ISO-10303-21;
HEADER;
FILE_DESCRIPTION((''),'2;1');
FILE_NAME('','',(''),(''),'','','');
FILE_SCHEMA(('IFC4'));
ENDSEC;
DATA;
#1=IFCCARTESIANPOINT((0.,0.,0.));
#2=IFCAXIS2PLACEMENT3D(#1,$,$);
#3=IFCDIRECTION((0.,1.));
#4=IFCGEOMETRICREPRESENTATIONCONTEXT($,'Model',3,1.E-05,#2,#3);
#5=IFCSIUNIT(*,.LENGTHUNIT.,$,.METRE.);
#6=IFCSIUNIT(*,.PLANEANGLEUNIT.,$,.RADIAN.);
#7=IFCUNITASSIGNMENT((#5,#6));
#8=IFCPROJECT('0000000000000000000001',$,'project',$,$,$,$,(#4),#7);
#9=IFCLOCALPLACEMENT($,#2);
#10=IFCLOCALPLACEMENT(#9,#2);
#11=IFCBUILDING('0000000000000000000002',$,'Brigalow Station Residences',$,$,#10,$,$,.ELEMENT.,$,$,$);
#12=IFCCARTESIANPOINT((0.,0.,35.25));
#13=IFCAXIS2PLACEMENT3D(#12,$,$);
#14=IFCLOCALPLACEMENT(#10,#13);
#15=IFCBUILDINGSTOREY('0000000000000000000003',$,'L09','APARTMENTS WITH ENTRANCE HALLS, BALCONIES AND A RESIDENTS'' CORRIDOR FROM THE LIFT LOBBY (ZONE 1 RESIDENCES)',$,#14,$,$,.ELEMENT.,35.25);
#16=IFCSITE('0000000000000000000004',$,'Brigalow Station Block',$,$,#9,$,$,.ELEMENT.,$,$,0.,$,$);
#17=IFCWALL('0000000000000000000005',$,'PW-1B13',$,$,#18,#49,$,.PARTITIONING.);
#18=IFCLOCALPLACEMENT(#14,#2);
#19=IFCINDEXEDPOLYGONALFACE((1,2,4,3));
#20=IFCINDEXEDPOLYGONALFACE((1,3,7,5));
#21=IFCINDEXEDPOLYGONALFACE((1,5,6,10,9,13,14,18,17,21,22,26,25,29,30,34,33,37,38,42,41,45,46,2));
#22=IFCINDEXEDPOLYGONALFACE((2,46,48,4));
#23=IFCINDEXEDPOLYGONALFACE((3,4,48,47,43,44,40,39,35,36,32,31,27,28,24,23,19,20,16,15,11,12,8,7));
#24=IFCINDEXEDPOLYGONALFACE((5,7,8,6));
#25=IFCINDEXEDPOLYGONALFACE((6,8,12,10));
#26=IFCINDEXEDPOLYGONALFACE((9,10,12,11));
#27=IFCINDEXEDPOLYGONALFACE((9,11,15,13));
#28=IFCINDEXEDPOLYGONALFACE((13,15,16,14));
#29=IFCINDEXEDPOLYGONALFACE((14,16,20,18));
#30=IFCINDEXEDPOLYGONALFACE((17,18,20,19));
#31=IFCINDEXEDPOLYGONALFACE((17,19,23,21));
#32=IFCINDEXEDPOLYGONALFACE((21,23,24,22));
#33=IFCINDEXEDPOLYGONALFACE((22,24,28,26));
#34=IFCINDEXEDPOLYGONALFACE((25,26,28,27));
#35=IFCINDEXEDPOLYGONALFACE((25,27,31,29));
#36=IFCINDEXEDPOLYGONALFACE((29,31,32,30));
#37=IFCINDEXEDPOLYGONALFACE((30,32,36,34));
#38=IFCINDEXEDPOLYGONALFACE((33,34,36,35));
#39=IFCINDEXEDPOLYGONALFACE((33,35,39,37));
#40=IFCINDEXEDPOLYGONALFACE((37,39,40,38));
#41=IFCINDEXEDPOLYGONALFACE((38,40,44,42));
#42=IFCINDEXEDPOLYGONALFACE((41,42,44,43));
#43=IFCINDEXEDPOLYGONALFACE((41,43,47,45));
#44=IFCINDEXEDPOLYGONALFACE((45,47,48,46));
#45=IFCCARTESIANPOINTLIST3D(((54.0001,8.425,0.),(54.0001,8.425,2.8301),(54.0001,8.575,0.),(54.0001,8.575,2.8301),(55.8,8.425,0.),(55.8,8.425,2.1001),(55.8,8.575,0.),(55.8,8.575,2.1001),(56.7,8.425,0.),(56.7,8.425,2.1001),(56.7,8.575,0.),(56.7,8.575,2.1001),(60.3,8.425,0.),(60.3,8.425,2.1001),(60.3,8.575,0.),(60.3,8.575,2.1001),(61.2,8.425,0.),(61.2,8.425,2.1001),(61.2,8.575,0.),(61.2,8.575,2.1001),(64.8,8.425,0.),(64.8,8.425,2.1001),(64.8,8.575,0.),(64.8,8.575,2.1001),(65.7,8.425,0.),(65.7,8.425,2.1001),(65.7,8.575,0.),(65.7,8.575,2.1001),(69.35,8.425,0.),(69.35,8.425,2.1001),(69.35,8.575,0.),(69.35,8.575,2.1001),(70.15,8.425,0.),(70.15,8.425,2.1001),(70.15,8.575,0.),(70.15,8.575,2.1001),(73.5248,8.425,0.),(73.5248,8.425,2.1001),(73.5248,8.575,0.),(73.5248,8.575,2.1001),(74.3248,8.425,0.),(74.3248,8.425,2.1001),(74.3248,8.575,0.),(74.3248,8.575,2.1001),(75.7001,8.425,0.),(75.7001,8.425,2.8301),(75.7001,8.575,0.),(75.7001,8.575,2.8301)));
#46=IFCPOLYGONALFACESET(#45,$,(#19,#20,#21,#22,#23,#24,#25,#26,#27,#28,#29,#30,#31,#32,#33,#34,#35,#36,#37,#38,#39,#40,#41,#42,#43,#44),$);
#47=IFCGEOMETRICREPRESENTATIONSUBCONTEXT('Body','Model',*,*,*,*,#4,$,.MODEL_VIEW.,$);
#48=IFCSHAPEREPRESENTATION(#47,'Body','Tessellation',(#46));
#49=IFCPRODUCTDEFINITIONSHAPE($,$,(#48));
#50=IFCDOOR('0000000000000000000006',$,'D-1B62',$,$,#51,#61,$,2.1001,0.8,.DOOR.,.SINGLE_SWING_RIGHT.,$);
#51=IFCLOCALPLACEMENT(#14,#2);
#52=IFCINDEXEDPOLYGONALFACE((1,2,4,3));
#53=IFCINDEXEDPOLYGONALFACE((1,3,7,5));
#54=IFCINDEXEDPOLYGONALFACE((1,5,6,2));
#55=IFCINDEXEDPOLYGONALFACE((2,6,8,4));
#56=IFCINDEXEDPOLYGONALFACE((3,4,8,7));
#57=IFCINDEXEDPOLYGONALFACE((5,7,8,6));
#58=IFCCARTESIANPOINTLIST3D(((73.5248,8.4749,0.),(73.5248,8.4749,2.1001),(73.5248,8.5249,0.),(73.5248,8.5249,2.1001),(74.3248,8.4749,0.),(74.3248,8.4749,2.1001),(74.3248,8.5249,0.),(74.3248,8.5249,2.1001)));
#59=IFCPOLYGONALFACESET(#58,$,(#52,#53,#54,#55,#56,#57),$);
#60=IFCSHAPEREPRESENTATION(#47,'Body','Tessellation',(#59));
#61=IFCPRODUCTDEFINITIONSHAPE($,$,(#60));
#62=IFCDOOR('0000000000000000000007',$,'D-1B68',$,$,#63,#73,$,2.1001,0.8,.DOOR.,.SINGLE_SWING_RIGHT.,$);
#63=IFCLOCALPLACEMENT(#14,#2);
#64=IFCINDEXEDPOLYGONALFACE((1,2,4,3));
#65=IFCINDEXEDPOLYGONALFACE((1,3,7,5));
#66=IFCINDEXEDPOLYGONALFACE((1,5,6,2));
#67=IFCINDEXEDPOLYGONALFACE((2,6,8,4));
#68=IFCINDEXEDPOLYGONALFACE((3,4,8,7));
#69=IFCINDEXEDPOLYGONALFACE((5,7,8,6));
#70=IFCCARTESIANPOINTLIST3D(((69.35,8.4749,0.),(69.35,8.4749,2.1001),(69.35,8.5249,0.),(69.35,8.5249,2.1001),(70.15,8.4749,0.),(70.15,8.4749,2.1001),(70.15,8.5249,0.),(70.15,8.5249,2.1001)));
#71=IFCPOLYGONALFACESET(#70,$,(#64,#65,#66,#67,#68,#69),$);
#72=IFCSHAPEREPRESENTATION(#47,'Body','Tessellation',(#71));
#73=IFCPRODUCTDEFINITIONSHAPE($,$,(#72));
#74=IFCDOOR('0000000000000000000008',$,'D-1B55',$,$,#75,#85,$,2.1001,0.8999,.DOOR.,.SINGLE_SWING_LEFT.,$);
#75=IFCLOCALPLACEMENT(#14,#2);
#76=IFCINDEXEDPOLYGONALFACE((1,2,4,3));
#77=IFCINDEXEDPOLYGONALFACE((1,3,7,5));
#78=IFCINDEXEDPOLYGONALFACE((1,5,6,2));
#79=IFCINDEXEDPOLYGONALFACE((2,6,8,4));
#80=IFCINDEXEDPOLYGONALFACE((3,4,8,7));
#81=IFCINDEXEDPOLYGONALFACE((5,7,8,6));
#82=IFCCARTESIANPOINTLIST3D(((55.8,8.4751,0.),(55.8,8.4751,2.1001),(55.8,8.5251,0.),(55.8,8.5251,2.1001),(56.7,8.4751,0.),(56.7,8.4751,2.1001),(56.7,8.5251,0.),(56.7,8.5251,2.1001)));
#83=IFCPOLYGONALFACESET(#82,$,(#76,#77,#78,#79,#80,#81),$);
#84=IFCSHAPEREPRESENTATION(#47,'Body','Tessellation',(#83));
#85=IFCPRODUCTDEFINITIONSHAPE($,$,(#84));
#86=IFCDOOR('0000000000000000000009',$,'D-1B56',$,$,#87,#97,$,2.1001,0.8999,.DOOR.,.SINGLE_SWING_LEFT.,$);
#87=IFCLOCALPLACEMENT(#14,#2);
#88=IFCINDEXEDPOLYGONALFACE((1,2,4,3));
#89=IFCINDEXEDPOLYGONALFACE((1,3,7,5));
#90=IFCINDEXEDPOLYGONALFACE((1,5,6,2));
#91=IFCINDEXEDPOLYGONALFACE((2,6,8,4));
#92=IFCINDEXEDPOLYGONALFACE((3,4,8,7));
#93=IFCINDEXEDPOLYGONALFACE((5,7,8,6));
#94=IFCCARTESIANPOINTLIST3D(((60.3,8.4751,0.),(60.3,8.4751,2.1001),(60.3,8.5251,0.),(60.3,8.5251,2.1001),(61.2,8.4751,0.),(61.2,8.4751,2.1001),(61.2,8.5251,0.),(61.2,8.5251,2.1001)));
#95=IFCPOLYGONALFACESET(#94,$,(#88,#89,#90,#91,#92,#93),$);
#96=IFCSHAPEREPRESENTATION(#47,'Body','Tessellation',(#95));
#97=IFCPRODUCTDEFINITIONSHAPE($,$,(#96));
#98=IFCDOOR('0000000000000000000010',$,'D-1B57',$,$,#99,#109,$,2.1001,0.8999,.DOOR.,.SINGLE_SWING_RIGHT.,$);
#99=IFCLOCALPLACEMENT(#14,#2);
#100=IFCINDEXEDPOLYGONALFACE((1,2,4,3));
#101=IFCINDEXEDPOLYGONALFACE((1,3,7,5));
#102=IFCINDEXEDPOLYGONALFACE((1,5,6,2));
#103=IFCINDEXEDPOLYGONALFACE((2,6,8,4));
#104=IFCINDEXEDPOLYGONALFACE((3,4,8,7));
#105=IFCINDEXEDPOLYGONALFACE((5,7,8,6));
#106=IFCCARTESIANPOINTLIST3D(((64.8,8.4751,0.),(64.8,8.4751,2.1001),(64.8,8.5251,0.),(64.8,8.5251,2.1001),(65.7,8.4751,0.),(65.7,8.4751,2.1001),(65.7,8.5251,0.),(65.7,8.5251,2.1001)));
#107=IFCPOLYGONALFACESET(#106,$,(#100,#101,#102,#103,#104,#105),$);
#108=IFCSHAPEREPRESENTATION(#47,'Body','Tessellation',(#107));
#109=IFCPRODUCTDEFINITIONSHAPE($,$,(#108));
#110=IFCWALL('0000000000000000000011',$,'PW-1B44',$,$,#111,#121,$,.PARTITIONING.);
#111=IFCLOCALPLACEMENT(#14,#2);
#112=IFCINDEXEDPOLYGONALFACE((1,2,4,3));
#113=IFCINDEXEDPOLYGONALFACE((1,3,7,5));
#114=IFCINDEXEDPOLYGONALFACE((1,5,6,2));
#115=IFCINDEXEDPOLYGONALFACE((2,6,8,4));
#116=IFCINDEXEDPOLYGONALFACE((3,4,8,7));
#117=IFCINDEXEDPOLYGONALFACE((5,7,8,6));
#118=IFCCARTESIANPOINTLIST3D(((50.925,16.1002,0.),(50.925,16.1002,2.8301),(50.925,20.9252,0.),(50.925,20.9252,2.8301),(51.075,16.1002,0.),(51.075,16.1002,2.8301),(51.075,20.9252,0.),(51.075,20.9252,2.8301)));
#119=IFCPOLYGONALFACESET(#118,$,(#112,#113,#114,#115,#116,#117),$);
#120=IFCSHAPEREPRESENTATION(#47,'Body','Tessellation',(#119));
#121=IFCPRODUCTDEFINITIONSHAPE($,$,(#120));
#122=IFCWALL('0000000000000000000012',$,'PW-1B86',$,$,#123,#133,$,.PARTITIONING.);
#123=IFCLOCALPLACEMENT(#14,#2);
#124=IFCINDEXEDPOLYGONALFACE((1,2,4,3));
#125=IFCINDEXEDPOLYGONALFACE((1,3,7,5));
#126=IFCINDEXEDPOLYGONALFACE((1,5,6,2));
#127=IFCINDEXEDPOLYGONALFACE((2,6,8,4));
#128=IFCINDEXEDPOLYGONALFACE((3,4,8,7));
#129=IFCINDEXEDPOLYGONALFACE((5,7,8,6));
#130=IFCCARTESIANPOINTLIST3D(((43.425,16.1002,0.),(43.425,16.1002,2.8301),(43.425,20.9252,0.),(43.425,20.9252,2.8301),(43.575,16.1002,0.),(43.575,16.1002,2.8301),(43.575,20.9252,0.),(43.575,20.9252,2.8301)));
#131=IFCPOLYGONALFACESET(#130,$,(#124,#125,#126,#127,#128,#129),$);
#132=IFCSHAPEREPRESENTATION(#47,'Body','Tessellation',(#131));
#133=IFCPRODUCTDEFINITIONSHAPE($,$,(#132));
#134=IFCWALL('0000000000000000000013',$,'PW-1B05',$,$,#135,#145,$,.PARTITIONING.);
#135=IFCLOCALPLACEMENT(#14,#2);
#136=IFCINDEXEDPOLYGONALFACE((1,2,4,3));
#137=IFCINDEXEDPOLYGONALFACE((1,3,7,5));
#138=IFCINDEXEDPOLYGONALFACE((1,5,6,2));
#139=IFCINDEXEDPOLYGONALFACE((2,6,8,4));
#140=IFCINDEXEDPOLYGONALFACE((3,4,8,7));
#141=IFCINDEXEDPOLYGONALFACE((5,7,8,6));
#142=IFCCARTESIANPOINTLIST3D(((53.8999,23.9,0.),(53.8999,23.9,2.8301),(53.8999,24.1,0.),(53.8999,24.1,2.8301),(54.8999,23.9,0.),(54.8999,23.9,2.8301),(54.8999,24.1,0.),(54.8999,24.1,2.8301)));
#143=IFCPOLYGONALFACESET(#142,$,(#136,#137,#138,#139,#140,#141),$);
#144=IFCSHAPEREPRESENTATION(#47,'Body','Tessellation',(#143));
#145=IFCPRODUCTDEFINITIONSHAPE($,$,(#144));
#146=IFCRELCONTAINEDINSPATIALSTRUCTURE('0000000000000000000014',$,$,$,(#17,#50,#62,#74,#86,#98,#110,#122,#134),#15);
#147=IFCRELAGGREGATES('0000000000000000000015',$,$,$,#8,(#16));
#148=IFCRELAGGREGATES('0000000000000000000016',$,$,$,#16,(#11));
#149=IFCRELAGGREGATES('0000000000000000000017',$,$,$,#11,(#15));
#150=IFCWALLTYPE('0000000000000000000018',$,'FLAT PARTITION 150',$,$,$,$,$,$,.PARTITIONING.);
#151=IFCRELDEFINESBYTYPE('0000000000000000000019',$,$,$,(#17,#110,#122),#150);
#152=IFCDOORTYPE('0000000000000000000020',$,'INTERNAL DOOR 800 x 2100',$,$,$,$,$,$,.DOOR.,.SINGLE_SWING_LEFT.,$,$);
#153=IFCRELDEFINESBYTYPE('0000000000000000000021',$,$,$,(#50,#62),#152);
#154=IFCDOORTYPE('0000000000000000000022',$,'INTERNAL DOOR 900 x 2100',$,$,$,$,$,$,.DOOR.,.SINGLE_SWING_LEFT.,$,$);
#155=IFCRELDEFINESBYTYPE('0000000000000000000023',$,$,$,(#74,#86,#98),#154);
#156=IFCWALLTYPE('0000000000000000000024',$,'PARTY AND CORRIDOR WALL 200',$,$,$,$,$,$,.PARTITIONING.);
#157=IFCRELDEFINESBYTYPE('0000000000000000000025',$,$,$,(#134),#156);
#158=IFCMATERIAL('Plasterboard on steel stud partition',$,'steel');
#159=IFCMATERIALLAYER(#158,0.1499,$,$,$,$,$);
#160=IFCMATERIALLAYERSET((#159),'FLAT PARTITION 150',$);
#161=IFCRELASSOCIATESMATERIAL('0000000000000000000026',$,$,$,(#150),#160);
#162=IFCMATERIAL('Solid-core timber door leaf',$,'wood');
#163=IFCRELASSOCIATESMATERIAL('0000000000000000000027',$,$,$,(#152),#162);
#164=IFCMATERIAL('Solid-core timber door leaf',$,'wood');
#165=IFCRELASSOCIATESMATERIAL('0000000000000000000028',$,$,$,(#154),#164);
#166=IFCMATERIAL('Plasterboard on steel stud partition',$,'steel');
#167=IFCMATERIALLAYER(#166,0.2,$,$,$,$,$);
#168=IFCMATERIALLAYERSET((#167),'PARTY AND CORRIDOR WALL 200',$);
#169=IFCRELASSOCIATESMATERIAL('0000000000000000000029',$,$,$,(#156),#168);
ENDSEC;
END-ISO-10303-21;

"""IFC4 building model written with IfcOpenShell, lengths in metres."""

from ifc_helpers import new_model, si_unit, direction, frame, frame_2d, origin, place, context, subcontext, project, spatial, rectangle, extrude, material, layer, layer_set, type_object, element, fill, save


model = new_model("IFC4")

# Units and contexts
model_context = context("Model", 3, precision=1e-05, world=origin(), true_north=direction((0.0, 1.0)))
body_context = subcontext(model_context, "Body", "Model", "MODEL_VIEW")
ifc_project = project(units=[si_unit("LENGTHUNIT", "METRE"), si_unit("PLANEANGLEUNIT", "RADIAN")], contexts=[model_context])

# Site, building, storey
site_placement = place(None, origin())
site = spatial("IfcSite", under=ifc_project, at=site_placement, Name="Brigalow Station Block", CompositionType="ELEMENT", RefElevation=0.0)
building_placement = place(site_placement, origin())
building = spatial("IfcBuilding", under=site, at=building_placement, Name="Brigalow Station Residences", CompositionType="ELEMENT")
storey_placement = place(building_placement, frame((0.0, 0.0, 35.25)))
storey = spatial("IfcBuildingStorey", under=building, at=storey_placement, Name="L09", Description="APARTMENTS WITH ENTRANCE HALLS, BALCONIES AND A RESIDENTS' CORRIDOR FROM THE LIFT LOBBY (ZONE 1 RESIDENCES)", CompositionType="ELEMENT", Elevation=35.25)

# Wall, openings, doors
ifc_material_1 = material(Name="Plasterboard on steel stud partition", Category="steel")
ifc_layer_1 = layer(ifc_material_1, 0.1499)
ifc_layer_set_1 = layer_set([ifc_layer_1], Name="FLAT PARTITION 150")
wall_type_1 = type_object("IfcWallType", Name="FLAT PARTITION 150", PredefinedType="PARTITIONING", material=ifc_layer_set_1)
wall_1_placement = place(storey_placement, frame((54.0, 8.5, 0.0), z_axis=(0.0, 0.0, 1.0), x_axis=(1.0, 0.0, 0.0)))
wall_1 = element("IfcWall", 1, at=wall_1_placement, inside=storey, type_object=wall_type_1, Name="PW-1B13", PredefinedType="PARTITIONING", context=body_context, shape_type="SweptSolid", body=[
    extrude(rectangle(XDim=21.7, YDim=0.1499, at=frame_2d((10.8501, 0.0))), origin(), (0.0, 0.0, 1.0), 2.8301),
])
opening_1_placement = place(wall_1_placement, frame((1.8, 0.0, 0.0)))
opening_1 = element("IfcOpeningElement", 2, at=opening_1_placement, cuts=wall_1, PredefinedType="OPENING", context=body_context, shape_type="SweptSolid", body=[
    extrude(rectangle(XDim=0.8999, YDim=2.1001, at=frame_2d((0.45, 1.05))), frame((0.0, 0.085, 0.0), z_axis=(0.0, -1.0, 0.0), x_axis=(1.0, 0.0, 0.0)), (0.0, 0.0, 1.0), 0.1699),
])
opening_2_placement = place(wall_1_placement, frame((6.3, 0.0, 0.0)))
opening_2 = element("IfcOpeningElement", 3, at=opening_2_placement, cuts=wall_1, PredefinedType="OPENING", context=body_context, shape_type="SweptSolid", body=[
    extrude(rectangle(XDim=0.8999, YDim=2.1001, at=frame_2d((0.45, 1.05))), frame((0.0, 0.085, 0.0), z_axis=(0.0, -1.0, 0.0), x_axis=(1.0, 0.0, 0.0)), (0.0, 0.0, 1.0), 0.1699),
])
opening_3_placement = place(wall_1_placement, frame((10.8, 0.0, 0.0)))
opening_3 = element("IfcOpeningElement", 4, at=opening_3_placement, cuts=wall_1, PredefinedType="OPENING", context=body_context, shape_type="SweptSolid", body=[
    extrude(rectangle(XDim=0.8999, YDim=2.1001, at=frame_2d((0.45, 1.05))), frame((0.0, 0.085, 0.0), z_axis=(0.0, -1.0, 0.0), x_axis=(1.0, 0.0, 0.0)), (0.0, 0.0, 1.0), 0.1699),
])
opening_4_placement = place(wall_1_placement, frame((19.5249, 0.0, 0.0)))
opening_4 = element("IfcOpeningElement", 5, at=opening_4_placement, cuts=wall_1, PredefinedType="OPENING", context=body_context, shape_type="SweptSolid", body=[
    extrude(rectangle(XDim=0.8, YDim=2.1001, at=frame_2d((0.3999, 1.05))), frame((0.0, 0.085, 0.0), z_axis=(0.0, -1.0, 0.0), x_axis=(1.0, 0.0, 0.0)), (0.0, 0.0, 1.0), 0.1699),
])
opening_5_placement = place(wall_1_placement, frame((15.3501, 0.0, 0.0)))
opening_5 = element("IfcOpeningElement", 6, at=opening_5_placement, cuts=wall_1, PredefinedType="OPENING", context=body_context, shape_type="SweptSolid", body=[
    extrude(rectangle(XDim=0.8, YDim=2.1001, at=frame_2d((0.3999, 1.05))), frame((0.0, 0.085, 0.0), z_axis=(0.0, -1.0, 0.0), x_axis=(1.0, 0.0, 0.0)), (0.0, 0.0, 1.0), 0.1699),
])
ifc_material_2 = material(Name="Solid-core timber door leaf", Category="wood")
door_type_1 = type_object("IfcDoorType", Name="INTERNAL DOOR 800 x 2100", OperationType="SINGLE_SWING_LEFT", PredefinedType="DOOR", material=ifc_material_2)
door_1_placement = place(opening_4_placement, origin())
door_1 = element("IfcDoor", 7, at=door_1_placement, inside=storey, type_object=door_type_1, Name="D-1B62", OperationType="SINGLE_SWING_RIGHT", OverallHeight=2.1001, OverallWidth=0.8, PredefinedType="DOOR", context=body_context, shape_type="SweptSolid", body=[
    extrude(rectangle(XDim=0.8, YDim=2.1001, at=frame_2d((0.3999, 1.05))), frame((0.0, 0.0249, 0.0), z_axis=(0.0, -1.0, 0.0), x_axis=(1.0, 0.0, 0.0)), (0.0, 0.0, 1.0), 0.05),
])
fill(opening_4, door_1)
door_2_placement = place(opening_5_placement, origin())
door_2 = element("IfcDoor", 8, at=door_2_placement, inside=storey, type_object=door_type_1, Name="D-1B68", OperationType="SINGLE_SWING_RIGHT", OverallHeight=2.1001, OverallWidth=0.8, PredefinedType="DOOR", context=body_context, shape_type="SweptSolid", body=[
    extrude(rectangle(XDim=0.8, YDim=2.1001, at=frame_2d((0.3999, 1.05))), frame((0.0, 0.0249, 0.0), z_axis=(0.0, -1.0, 0.0), x_axis=(1.0, 0.0, 0.0)), (0.0, 0.0, 1.0), 0.05),
])
fill(opening_5, door_2)
ifc_material_3 = material(Name="Solid-core timber door leaf", Category="wood")
door_type_2 = type_object("IfcDoorType", Name="INTERNAL DOOR 900 x 2100", OperationType="SINGLE_SWING_LEFT", PredefinedType="DOOR", material=ifc_material_3)
door_3_placement = place(opening_1_placement, frame((0.8999, 0.0, 0.0), z_axis=(0.0, 0.0, 1.0), x_axis=(-1.0, 0.0, 0.0)))
door_3 = element("IfcDoor", 9, at=door_3_placement, inside=storey, type_object=door_type_2, Name="D-1B55", OperationType="SINGLE_SWING_LEFT", OverallHeight=2.1001, OverallWidth=0.8999, PredefinedType="DOOR", context=body_context, shape_type="SweptSolid", body=[
    extrude(rectangle(XDim=0.8999, YDim=2.1001, at=frame_2d((0.45, 1.05))), frame((0.0, 0.0249, 0.0), z_axis=(0.0, -1.0, 0.0), x_axis=(1.0, 0.0, 0.0)), (0.0, 0.0, 1.0), 0.05),
])
fill(opening_1, door_3)
door_4_placement = place(opening_2_placement, frame((0.8999, 0.0, 0.0), z_axis=(0.0, 0.0, 1.0), x_axis=(-1.0, 0.0, 0.0)))
door_4 = element("IfcDoor", 10, at=door_4_placement, inside=storey, type_object=door_type_2, Name="D-1B56", OperationType="SINGLE_SWING_LEFT", OverallHeight=2.1001, OverallWidth=0.8999, PredefinedType="DOOR", context=body_context, shape_type="SweptSolid", body=[
    extrude(rectangle(XDim=0.8999, YDim=2.1001, at=frame_2d((0.45, 1.05))), frame((0.0, 0.0249, 0.0), z_axis=(0.0, -1.0, 0.0), x_axis=(1.0, 0.0, 0.0)), (0.0, 0.0, 1.0), 0.05),
])
fill(opening_2, door_4)
door_5_placement = place(opening_3_placement, frame((0.8999, 0.0, 0.0), z_axis=(0.0, 0.0, 1.0), x_axis=(-1.0, 0.0, 0.0)))
door_5 = element("IfcDoor", 11, at=door_5_placement, inside=storey, type_object=door_type_2, Name="D-1B57", OperationType="SINGLE_SWING_RIGHT", OverallHeight=2.1001, OverallWidth=0.8999, PredefinedType="DOOR", context=body_context, shape_type="SweptSolid", body=[
    extrude(rectangle(XDim=0.8999, YDim=2.1001, at=frame_2d((0.45, 1.05))), frame((0.0, 0.0249, 0.0), z_axis=(0.0, -1.0, 0.0), x_axis=(1.0, 0.0, 0.0)), (0.0, 0.0, 1.0), 0.05),
])
fill(opening_3, door_5)

# Walls
for number, where, z_axis, x_axis, name in (
    (12, (51.0, 16.1001, 0.0), (0.0, 0.0, 1.0), (0.0, 1.0, 0.0), "PW-1B44"),
    (13, (43.5, 16.1001, 0.0), (0.0, 0.0, 1.0), (0.0, 1.0, 0.0), "PW-1B86"),
):
    element("IfcWall", number, at=place(storey_placement, frame(where, z_axis=z_axis, x_axis=x_axis)), inside=storey, type_object=wall_type_1, Name=name, PredefinedType="PARTITIONING", context=body_context, shape_type="SweptSolid", body=[
        extrude(rectangle(XDim=4.825, YDim=0.1499, at=frame_2d((2.4126, 0.0))), origin(), (0.0, 0.0, 1.0), 2.8301),
    ])
ifc_material_4 = material(Name="Plasterboard on steel stud partition", Category="steel")
ifc_layer_2 = layer(ifc_material_4, 0.2)
ifc_layer_set_2 = layer_set([ifc_layer_2], Name="PARTY AND CORRIDOR WALL 200")
wall_type_2 = type_object("IfcWallType", Name="PARTY AND CORRIDOR WALL 200", PredefinedType="PARTITIONING", material=ifc_layer_set_2)
wall_2_placement = place(storey_placement, frame((53.8999, 24.0, 0.0), z_axis=(0.0, 0.0, 1.0), x_axis=(1.0, 0.0, 0.0)))
element("IfcWall", 14, at=wall_2_placement, inside=storey, type_object=wall_type_2, Name="PW-1B05", PredefinedType="PARTITIONING", context=body_context, shape_type="SweptSolid", body=[
    extrude(rectangle(XDim=1.0, YDim=0.2, at=frame_2d((0.5, 0.0))), origin(), (0.0, 0.0, 1.0), 2.8301),
])

save(model, "model.ifc")
